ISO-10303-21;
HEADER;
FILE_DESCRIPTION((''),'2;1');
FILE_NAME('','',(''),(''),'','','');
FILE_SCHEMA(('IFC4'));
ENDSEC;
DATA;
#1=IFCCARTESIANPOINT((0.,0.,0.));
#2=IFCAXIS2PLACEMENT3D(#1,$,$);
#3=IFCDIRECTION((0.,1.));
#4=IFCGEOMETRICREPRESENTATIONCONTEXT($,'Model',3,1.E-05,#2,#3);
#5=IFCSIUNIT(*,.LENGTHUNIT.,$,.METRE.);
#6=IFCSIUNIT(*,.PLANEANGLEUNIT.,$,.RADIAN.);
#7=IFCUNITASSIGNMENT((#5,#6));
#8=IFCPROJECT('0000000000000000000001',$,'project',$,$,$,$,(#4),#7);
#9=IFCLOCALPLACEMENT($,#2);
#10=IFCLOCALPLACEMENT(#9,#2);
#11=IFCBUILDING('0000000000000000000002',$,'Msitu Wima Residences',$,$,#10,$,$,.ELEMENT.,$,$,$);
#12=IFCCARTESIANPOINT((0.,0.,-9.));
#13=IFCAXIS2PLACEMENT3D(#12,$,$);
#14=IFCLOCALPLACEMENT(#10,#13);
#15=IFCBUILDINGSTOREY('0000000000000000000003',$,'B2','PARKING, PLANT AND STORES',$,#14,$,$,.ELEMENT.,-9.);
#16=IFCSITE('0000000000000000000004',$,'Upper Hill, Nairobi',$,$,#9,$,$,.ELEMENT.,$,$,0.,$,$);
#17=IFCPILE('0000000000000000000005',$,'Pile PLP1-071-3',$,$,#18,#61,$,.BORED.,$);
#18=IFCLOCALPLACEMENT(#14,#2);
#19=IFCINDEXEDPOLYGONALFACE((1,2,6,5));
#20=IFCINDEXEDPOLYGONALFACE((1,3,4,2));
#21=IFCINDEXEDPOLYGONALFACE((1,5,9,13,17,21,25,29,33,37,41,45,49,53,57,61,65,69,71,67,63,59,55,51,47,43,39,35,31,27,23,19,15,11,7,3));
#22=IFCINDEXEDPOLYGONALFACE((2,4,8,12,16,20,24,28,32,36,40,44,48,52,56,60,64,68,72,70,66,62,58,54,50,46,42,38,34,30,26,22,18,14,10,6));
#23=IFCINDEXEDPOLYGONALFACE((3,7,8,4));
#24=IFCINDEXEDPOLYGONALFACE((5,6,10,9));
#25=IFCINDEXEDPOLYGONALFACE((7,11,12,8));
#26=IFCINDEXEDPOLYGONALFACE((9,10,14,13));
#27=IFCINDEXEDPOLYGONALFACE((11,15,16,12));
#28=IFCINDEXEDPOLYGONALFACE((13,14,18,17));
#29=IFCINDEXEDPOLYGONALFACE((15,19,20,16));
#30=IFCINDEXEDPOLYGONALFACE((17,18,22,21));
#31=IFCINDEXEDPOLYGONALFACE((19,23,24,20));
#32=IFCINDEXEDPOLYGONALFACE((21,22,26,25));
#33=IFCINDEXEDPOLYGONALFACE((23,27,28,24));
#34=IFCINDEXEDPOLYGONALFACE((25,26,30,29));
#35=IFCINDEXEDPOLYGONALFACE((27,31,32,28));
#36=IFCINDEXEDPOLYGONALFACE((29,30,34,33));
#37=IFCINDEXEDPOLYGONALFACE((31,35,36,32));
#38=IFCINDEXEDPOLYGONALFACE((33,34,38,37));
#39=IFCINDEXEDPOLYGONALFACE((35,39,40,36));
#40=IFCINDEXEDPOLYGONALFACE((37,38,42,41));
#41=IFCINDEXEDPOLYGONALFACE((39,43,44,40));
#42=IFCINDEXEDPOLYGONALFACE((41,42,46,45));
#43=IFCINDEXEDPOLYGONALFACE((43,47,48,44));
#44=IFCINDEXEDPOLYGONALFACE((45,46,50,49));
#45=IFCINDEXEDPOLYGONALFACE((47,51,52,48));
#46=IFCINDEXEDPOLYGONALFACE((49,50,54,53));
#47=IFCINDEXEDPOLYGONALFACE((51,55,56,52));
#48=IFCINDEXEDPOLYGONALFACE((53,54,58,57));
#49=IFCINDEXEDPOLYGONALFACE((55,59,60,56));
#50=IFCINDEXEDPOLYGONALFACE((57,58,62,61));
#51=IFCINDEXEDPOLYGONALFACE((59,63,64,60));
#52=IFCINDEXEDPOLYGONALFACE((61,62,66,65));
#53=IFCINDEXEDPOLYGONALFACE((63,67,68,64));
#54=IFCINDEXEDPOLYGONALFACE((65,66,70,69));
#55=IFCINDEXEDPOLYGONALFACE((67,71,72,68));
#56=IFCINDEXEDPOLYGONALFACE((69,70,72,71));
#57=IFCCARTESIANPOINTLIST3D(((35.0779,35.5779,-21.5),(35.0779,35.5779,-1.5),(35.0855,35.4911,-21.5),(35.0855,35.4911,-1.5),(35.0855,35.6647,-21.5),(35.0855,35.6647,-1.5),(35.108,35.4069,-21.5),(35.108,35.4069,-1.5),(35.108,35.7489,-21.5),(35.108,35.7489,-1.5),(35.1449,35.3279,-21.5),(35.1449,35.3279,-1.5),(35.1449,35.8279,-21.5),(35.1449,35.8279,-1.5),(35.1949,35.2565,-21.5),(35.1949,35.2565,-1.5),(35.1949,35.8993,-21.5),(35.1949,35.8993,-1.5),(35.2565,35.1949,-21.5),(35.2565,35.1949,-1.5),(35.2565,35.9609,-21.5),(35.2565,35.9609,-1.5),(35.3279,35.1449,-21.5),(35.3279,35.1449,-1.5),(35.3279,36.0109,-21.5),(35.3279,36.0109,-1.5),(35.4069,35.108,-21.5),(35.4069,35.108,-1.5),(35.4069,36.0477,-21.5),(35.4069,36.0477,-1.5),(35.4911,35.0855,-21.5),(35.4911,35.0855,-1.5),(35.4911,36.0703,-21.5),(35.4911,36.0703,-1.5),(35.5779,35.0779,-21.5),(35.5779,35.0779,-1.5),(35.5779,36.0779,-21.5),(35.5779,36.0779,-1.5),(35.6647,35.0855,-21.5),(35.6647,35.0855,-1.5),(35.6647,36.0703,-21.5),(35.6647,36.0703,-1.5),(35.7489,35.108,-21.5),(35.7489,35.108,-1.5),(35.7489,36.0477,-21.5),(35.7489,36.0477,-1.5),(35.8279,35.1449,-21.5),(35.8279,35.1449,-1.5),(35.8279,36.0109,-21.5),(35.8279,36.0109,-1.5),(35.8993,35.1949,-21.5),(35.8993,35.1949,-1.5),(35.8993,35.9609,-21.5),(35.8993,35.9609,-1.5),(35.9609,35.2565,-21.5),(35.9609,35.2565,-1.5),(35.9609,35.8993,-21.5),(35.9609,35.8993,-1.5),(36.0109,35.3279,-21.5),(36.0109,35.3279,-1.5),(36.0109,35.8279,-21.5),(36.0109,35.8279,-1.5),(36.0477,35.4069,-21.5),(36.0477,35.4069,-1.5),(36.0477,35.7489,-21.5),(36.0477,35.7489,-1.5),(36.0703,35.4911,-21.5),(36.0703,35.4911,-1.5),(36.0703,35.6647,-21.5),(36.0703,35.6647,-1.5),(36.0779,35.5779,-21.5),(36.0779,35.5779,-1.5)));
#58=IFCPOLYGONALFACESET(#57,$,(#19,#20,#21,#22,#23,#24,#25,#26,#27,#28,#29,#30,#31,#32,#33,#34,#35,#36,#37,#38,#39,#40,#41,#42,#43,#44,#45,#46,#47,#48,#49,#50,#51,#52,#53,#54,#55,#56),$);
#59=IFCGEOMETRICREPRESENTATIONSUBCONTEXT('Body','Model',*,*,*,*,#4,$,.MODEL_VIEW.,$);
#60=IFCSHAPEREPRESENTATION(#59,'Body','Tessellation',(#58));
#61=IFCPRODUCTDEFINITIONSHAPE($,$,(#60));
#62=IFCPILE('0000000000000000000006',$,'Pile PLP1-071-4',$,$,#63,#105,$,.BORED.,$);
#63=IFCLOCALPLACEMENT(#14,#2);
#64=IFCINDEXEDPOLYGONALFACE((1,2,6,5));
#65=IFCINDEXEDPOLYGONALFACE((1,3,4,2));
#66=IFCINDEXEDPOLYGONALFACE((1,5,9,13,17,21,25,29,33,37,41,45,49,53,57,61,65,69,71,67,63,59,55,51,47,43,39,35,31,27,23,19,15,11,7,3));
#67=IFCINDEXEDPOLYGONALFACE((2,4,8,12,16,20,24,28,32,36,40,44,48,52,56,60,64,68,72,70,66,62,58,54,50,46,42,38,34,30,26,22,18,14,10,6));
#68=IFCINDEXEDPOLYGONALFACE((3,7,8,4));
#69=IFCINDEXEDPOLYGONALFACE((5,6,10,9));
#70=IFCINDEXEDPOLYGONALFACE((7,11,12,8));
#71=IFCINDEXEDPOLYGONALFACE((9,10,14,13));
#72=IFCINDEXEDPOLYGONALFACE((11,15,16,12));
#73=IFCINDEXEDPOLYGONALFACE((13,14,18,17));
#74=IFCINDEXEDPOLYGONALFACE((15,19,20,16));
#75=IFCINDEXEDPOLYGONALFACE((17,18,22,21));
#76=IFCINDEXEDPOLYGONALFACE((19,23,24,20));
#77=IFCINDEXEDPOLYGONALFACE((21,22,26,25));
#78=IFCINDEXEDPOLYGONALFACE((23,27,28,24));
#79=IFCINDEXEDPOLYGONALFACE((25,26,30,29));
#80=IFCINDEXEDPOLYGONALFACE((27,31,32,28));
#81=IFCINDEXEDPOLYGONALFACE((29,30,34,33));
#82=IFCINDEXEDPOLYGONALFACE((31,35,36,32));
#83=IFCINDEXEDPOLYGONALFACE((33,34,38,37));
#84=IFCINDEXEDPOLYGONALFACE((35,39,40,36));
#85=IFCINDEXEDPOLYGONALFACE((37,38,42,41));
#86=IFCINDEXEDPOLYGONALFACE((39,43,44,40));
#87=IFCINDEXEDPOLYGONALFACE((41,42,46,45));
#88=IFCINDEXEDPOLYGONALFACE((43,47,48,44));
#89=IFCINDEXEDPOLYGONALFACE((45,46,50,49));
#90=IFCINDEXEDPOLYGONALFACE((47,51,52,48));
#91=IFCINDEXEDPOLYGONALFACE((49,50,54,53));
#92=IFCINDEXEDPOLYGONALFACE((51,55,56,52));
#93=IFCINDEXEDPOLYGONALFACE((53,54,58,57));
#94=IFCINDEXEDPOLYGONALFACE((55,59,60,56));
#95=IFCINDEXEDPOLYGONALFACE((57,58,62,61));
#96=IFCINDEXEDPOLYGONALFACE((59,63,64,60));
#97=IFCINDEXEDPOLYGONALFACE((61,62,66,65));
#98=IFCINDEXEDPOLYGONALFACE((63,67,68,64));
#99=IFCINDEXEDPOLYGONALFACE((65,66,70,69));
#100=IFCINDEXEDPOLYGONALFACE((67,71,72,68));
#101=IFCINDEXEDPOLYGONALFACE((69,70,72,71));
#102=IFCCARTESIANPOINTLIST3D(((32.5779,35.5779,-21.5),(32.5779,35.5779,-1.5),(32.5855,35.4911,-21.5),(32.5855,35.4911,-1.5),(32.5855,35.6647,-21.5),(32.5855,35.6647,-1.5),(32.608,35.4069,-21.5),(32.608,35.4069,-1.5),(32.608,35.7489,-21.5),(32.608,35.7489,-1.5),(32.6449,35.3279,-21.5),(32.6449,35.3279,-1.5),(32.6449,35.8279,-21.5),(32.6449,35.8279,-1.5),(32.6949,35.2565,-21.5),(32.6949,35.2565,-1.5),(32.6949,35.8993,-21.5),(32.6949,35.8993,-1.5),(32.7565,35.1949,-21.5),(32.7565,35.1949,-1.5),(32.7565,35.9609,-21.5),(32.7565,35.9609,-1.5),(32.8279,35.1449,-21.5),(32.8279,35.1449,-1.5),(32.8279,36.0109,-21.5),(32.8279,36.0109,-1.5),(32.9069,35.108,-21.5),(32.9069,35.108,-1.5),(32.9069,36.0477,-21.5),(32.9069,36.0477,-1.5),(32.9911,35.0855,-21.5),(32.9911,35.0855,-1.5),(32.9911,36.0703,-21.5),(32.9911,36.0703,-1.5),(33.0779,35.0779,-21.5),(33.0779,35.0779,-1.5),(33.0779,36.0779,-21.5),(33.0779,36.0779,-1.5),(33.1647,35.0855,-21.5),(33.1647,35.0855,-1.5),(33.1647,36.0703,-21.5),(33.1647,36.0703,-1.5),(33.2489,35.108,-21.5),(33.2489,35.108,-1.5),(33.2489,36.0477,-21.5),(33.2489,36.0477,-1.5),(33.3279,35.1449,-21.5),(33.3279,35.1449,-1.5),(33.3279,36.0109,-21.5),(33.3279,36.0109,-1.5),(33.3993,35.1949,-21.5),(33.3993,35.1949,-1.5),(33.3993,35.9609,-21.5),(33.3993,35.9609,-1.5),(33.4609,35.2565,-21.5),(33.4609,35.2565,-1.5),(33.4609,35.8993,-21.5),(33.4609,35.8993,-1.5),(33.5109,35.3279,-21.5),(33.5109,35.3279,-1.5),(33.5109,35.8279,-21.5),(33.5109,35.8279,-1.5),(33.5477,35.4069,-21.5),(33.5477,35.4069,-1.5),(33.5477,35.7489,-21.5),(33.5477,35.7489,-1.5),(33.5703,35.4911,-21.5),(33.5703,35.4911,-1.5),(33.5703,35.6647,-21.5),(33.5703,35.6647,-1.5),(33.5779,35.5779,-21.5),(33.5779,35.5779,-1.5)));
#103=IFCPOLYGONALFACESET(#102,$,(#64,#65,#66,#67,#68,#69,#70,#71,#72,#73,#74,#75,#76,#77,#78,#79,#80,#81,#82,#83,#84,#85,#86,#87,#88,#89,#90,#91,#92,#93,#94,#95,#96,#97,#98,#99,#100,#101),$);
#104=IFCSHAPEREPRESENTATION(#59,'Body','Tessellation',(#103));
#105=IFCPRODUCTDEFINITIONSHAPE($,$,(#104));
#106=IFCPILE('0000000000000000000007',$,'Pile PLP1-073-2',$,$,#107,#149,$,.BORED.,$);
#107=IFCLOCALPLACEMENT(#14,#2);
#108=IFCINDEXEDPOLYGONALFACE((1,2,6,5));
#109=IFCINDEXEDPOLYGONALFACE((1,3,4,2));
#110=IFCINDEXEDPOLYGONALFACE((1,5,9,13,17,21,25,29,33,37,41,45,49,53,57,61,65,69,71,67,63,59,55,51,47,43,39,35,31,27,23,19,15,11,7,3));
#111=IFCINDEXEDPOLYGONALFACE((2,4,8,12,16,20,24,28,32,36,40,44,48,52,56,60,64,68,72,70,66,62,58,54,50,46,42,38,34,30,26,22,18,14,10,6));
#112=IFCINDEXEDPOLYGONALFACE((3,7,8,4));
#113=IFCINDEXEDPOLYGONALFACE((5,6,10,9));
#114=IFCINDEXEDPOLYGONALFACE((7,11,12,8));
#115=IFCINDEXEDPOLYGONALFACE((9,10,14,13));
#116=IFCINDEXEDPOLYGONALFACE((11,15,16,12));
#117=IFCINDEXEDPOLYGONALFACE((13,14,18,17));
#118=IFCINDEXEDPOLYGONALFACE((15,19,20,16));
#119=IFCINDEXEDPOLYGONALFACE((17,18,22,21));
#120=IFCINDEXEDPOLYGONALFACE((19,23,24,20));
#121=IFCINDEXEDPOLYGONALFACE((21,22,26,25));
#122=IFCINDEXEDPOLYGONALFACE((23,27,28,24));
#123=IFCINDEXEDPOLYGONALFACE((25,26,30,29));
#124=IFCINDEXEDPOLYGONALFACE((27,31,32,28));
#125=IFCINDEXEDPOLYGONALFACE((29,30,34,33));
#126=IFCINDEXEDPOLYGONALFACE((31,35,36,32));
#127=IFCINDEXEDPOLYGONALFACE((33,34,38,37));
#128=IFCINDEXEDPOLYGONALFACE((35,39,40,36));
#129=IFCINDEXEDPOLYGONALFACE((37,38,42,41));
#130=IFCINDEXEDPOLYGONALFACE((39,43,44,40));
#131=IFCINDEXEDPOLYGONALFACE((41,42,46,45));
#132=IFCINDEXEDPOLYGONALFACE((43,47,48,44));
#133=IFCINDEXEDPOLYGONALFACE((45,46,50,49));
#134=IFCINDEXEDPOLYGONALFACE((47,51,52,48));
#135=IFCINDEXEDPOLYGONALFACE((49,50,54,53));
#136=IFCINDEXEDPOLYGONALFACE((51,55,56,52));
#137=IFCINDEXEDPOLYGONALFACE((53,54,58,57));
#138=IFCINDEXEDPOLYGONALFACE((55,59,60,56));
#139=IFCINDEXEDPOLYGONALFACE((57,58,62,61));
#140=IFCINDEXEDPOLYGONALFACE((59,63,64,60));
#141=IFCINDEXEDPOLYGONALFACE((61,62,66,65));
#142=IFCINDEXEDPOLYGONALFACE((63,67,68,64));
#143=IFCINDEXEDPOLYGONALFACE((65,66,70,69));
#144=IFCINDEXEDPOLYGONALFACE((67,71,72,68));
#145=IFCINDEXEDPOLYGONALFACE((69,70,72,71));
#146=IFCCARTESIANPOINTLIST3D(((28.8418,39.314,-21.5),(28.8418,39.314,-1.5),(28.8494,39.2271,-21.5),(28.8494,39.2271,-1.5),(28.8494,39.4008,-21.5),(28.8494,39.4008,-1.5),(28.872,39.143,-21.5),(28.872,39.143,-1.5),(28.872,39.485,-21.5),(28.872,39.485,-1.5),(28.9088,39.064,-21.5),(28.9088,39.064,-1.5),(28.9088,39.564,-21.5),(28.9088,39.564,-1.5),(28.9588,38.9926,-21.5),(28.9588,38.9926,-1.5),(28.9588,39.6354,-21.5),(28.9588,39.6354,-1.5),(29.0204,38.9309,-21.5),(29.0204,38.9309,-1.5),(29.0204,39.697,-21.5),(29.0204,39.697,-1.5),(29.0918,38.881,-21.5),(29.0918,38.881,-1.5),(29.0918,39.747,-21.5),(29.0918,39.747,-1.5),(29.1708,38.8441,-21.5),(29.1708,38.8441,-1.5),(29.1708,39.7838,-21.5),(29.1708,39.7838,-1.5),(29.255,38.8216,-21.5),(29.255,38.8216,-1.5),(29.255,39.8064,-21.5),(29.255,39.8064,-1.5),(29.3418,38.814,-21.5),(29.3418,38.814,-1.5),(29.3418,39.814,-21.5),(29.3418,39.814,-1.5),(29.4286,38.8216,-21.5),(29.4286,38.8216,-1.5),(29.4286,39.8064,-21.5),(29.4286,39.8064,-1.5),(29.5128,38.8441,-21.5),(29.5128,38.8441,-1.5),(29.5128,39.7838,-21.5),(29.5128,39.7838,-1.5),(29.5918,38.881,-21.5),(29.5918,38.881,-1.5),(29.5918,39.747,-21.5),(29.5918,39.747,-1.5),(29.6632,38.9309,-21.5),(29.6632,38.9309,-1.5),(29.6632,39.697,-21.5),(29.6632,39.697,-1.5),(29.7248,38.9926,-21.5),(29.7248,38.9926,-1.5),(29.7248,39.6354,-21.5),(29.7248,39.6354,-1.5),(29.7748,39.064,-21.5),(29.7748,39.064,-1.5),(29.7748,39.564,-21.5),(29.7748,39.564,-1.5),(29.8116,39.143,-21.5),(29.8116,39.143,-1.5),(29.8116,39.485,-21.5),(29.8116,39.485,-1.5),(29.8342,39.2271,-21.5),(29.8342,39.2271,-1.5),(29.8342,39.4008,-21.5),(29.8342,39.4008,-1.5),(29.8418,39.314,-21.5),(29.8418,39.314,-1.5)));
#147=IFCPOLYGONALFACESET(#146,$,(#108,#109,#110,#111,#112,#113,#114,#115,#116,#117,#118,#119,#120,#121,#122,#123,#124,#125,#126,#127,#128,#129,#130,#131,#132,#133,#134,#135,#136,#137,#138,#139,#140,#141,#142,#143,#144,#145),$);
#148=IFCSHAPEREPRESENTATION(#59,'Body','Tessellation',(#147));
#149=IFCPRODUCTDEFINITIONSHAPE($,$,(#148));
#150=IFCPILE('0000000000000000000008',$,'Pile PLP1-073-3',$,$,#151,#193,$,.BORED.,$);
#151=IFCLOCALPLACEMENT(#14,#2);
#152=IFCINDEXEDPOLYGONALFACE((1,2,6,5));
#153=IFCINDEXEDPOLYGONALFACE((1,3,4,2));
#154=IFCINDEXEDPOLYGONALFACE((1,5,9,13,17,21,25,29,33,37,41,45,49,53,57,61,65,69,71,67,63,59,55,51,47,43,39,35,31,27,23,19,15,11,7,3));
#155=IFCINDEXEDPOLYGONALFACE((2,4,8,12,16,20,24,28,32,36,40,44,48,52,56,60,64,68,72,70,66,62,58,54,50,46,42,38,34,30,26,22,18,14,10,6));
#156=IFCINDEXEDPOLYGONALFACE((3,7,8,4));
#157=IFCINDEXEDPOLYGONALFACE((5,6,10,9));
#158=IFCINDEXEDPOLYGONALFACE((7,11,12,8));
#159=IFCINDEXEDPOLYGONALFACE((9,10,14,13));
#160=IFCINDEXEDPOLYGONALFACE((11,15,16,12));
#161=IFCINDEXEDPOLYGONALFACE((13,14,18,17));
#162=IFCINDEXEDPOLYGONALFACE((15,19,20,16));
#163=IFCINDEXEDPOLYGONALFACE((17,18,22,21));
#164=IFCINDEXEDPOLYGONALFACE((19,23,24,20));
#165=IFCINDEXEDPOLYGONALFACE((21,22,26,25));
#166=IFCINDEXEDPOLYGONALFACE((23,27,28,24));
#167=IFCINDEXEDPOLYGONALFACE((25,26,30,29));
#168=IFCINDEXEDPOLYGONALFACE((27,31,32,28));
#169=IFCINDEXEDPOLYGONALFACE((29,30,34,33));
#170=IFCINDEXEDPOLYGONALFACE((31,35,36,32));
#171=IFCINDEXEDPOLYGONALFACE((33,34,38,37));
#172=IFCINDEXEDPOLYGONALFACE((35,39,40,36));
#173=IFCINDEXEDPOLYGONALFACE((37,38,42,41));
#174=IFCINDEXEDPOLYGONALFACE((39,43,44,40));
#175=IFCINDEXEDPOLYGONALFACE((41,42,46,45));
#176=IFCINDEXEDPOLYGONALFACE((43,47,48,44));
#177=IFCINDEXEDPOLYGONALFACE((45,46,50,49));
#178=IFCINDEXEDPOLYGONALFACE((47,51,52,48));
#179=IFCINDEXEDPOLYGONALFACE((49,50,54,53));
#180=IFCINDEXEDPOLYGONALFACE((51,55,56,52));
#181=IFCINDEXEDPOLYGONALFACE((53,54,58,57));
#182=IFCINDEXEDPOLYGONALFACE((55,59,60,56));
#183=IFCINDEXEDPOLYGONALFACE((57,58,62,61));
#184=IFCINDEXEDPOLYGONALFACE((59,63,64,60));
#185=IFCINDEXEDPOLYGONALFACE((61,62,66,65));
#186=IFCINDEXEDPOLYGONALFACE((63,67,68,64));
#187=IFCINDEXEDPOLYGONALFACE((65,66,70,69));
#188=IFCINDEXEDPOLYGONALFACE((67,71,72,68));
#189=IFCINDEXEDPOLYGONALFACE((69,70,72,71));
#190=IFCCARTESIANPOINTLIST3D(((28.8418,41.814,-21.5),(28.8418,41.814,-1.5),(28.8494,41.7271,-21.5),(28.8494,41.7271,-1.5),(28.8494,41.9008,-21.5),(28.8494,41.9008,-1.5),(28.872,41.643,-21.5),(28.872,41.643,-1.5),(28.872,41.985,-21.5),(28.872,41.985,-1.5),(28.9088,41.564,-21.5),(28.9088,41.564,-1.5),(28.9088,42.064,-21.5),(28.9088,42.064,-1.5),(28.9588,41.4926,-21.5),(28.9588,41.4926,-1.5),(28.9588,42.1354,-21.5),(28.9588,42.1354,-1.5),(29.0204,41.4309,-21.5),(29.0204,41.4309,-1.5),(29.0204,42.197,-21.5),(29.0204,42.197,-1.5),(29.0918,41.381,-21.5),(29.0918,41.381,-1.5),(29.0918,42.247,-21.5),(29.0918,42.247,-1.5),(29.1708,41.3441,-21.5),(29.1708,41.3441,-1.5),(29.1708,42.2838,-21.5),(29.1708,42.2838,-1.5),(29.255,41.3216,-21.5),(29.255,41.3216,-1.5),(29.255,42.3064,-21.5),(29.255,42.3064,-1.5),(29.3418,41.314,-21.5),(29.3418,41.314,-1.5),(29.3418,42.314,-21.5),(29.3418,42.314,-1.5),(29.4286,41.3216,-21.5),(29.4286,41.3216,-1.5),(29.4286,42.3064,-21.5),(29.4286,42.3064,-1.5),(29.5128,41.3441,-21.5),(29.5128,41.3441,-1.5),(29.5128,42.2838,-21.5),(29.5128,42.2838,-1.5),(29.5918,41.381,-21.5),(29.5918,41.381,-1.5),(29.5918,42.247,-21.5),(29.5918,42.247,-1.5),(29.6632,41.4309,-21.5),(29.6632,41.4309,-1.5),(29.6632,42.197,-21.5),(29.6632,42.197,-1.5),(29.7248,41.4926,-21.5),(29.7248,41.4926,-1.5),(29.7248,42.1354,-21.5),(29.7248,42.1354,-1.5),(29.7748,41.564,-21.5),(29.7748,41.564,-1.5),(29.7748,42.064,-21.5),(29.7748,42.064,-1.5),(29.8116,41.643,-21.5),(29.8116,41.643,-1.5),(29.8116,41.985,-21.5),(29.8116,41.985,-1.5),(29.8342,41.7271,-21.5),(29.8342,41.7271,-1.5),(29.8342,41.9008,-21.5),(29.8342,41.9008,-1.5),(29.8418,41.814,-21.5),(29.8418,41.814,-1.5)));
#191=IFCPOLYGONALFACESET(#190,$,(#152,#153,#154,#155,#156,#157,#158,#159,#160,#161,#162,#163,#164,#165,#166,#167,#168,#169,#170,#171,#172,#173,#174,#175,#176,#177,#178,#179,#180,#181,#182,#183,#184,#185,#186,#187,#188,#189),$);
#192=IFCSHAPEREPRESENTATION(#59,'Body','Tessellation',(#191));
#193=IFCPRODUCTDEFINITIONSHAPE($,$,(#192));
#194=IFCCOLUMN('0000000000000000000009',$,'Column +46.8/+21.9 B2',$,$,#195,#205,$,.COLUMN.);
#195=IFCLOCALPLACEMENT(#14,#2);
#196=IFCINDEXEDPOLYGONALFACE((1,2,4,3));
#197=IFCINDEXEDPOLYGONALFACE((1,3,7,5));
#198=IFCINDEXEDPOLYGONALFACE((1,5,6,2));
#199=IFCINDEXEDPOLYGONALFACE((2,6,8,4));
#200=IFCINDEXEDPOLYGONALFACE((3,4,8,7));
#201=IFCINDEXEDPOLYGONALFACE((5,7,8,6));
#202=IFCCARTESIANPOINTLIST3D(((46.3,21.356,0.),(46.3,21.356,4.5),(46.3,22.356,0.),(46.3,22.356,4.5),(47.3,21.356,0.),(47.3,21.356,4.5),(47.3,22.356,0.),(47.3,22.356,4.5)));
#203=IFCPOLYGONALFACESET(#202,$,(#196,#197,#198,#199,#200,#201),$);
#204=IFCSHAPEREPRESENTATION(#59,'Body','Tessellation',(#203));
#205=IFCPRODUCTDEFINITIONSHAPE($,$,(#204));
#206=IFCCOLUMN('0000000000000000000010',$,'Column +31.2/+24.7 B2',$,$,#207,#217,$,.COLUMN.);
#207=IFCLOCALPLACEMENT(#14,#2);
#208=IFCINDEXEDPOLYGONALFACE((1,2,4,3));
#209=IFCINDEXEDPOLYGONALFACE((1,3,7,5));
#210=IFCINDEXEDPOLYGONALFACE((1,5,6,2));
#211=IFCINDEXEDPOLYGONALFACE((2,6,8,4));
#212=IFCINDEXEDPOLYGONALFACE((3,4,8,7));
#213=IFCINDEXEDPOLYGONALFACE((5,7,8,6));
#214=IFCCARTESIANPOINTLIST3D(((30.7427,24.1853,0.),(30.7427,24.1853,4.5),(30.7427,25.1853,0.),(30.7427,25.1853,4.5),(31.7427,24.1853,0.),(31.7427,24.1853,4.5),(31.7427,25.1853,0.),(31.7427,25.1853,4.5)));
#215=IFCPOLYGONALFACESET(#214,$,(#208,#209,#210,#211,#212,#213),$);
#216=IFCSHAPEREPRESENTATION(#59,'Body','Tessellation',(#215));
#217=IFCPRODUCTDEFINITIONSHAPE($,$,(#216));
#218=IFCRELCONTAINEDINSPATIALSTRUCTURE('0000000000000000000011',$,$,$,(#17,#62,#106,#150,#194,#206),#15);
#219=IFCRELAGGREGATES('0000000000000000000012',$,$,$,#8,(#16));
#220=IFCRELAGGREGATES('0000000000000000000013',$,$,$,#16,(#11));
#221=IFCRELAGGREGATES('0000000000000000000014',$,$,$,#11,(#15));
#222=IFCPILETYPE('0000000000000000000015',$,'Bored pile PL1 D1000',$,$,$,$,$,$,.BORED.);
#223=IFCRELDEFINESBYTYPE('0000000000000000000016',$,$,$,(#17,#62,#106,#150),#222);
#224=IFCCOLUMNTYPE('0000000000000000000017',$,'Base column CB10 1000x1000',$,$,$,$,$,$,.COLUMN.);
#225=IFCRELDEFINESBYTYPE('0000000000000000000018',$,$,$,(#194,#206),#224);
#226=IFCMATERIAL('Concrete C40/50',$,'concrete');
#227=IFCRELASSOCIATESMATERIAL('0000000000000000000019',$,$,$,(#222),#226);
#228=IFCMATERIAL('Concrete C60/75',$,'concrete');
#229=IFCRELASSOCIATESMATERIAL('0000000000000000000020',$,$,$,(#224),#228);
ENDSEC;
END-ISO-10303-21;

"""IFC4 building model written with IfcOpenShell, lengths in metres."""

from ifc_helpers import new_model, si_unit, direction, frame, origin, origin_2d, place, context, subcontext, project, spatial, rectangle, circle, extrude, material, material_profile, profile_set, type_object, element, save


model = new_model("IFC4")

# Units and contexts
model_context = context("Model", 3, precision=1e-05, world=origin(), true_north=direction((0.0, 1.0)))
body_context = subcontext(model_context, "Body", "Model", "MODEL_VIEW")
ifc_project = project(units=[si_unit("LENGTHUNIT", "METRE"), si_unit("PLANEANGLEUNIT", "RADIAN")], contexts=[model_context])

# Site, building, storey
site_placement = place(None, origin())
site = spatial("IfcSite", under=ifc_project, at=site_placement, Name="Upper Hill, Nairobi", CompositionType="ELEMENT", RefElevation=0.0)
building_placement = place(site_placement, origin())
building = spatial("IfcBuilding", under=site, at=building_placement, Name="Msitu Wima Residences", CompositionType="ELEMENT")
storey_placement = place(building_placement, frame((0.0, 0.0, -9.0)))
storey = spatial("IfcBuildingStorey", under=building, at=storey_placement, Name="B2", Description="PARKING, PLANT AND STORES", CompositionType="ELEMENT", Elevation=-9.0)

# Piles
ifc_material_1 = material(Name="Concrete C40/50", Category="concrete")
pile_type = type_object("IfcPileType", Name="Bored pile PL1 D1000", PredefinedType="BORED", material=ifc_material_1)
for number, where, z_axis, x_axis, name in (
    (1, (35.5779, 35.5779, -1.5), (0.0, 0.0, -1.0), (1.0, 0.0, 0.0), "Pile PLP1-071-3"),
    (2, (33.0779, 35.5779, -1.5), (0.0, 0.0, -1.0), (1.0, 0.0, 0.0), "Pile PLP1-071-4"),
    (3, (29.3418, 39.314, -1.5), (0.0, 0.0, -1.0), (1.0, 0.0, 0.0), "Pile PLP1-073-2"),
    (4, (29.3418, 41.814, -1.5), (0.0, 0.0, -1.0), (1.0, 0.0, 0.0), "Pile PLP1-073-3"),
):
    element("IfcPile", number, at=place(storey_placement, frame(where, z_axis=z_axis, x_axis=x_axis)), inside=storey, type_object=pile_type, Name=name, PredefinedType="BORED", context=body_context, shape_type="SweptSolid", body=[
        extrude(circle(Radius=0.5, at=origin_2d()), origin(), (0.0, 0.0, 1.0), 20.0),
    ])

# Columns
ifc_material_2 = material(Name="Concrete C60/75", Category="concrete")
ifc_material_profile = material_profile(ifc_material_2, rectangle(XDim=1.0, YDim=1.0, at=origin_2d()), Name="RC 1000x1000")
ifc_profile_set = profile_set([ifc_material_profile], Name="Concrete C60/75")
column_type = type_object("IfcColumnType", Name="Base column CB10 1000x1000", PredefinedType="COLUMN", material=ifc_profile_set)
for number, where, z_axis, x_axis, name in (
    (5, (46.8, 21.856, 0.0), (0.0, 0.0, 1.0), (1.0, 0.0, 0.0), "Column +46.8/+21.9 B2"),
    (6, (31.2427, 24.6853, 0.0), (0.0, 0.0, 1.0), (1.0, 0.0, 0.0), "Column +31.2/+24.7 B2"),
):
    element("IfcColumn", number, at=place(storey_placement, frame(where, z_axis=z_axis, x_axis=x_axis)), inside=storey, type_object=column_type, Name=name, PredefinedType="COLUMN", context=body_context, shape_type="SweptSolid", body=[
        extrude(rectangle(XDim=1.0, YDim=1.0, at=origin_2d()), origin(), (0.0, 0.0, 1.0), 4.5),
    ])

save(model, "model.ifc")
